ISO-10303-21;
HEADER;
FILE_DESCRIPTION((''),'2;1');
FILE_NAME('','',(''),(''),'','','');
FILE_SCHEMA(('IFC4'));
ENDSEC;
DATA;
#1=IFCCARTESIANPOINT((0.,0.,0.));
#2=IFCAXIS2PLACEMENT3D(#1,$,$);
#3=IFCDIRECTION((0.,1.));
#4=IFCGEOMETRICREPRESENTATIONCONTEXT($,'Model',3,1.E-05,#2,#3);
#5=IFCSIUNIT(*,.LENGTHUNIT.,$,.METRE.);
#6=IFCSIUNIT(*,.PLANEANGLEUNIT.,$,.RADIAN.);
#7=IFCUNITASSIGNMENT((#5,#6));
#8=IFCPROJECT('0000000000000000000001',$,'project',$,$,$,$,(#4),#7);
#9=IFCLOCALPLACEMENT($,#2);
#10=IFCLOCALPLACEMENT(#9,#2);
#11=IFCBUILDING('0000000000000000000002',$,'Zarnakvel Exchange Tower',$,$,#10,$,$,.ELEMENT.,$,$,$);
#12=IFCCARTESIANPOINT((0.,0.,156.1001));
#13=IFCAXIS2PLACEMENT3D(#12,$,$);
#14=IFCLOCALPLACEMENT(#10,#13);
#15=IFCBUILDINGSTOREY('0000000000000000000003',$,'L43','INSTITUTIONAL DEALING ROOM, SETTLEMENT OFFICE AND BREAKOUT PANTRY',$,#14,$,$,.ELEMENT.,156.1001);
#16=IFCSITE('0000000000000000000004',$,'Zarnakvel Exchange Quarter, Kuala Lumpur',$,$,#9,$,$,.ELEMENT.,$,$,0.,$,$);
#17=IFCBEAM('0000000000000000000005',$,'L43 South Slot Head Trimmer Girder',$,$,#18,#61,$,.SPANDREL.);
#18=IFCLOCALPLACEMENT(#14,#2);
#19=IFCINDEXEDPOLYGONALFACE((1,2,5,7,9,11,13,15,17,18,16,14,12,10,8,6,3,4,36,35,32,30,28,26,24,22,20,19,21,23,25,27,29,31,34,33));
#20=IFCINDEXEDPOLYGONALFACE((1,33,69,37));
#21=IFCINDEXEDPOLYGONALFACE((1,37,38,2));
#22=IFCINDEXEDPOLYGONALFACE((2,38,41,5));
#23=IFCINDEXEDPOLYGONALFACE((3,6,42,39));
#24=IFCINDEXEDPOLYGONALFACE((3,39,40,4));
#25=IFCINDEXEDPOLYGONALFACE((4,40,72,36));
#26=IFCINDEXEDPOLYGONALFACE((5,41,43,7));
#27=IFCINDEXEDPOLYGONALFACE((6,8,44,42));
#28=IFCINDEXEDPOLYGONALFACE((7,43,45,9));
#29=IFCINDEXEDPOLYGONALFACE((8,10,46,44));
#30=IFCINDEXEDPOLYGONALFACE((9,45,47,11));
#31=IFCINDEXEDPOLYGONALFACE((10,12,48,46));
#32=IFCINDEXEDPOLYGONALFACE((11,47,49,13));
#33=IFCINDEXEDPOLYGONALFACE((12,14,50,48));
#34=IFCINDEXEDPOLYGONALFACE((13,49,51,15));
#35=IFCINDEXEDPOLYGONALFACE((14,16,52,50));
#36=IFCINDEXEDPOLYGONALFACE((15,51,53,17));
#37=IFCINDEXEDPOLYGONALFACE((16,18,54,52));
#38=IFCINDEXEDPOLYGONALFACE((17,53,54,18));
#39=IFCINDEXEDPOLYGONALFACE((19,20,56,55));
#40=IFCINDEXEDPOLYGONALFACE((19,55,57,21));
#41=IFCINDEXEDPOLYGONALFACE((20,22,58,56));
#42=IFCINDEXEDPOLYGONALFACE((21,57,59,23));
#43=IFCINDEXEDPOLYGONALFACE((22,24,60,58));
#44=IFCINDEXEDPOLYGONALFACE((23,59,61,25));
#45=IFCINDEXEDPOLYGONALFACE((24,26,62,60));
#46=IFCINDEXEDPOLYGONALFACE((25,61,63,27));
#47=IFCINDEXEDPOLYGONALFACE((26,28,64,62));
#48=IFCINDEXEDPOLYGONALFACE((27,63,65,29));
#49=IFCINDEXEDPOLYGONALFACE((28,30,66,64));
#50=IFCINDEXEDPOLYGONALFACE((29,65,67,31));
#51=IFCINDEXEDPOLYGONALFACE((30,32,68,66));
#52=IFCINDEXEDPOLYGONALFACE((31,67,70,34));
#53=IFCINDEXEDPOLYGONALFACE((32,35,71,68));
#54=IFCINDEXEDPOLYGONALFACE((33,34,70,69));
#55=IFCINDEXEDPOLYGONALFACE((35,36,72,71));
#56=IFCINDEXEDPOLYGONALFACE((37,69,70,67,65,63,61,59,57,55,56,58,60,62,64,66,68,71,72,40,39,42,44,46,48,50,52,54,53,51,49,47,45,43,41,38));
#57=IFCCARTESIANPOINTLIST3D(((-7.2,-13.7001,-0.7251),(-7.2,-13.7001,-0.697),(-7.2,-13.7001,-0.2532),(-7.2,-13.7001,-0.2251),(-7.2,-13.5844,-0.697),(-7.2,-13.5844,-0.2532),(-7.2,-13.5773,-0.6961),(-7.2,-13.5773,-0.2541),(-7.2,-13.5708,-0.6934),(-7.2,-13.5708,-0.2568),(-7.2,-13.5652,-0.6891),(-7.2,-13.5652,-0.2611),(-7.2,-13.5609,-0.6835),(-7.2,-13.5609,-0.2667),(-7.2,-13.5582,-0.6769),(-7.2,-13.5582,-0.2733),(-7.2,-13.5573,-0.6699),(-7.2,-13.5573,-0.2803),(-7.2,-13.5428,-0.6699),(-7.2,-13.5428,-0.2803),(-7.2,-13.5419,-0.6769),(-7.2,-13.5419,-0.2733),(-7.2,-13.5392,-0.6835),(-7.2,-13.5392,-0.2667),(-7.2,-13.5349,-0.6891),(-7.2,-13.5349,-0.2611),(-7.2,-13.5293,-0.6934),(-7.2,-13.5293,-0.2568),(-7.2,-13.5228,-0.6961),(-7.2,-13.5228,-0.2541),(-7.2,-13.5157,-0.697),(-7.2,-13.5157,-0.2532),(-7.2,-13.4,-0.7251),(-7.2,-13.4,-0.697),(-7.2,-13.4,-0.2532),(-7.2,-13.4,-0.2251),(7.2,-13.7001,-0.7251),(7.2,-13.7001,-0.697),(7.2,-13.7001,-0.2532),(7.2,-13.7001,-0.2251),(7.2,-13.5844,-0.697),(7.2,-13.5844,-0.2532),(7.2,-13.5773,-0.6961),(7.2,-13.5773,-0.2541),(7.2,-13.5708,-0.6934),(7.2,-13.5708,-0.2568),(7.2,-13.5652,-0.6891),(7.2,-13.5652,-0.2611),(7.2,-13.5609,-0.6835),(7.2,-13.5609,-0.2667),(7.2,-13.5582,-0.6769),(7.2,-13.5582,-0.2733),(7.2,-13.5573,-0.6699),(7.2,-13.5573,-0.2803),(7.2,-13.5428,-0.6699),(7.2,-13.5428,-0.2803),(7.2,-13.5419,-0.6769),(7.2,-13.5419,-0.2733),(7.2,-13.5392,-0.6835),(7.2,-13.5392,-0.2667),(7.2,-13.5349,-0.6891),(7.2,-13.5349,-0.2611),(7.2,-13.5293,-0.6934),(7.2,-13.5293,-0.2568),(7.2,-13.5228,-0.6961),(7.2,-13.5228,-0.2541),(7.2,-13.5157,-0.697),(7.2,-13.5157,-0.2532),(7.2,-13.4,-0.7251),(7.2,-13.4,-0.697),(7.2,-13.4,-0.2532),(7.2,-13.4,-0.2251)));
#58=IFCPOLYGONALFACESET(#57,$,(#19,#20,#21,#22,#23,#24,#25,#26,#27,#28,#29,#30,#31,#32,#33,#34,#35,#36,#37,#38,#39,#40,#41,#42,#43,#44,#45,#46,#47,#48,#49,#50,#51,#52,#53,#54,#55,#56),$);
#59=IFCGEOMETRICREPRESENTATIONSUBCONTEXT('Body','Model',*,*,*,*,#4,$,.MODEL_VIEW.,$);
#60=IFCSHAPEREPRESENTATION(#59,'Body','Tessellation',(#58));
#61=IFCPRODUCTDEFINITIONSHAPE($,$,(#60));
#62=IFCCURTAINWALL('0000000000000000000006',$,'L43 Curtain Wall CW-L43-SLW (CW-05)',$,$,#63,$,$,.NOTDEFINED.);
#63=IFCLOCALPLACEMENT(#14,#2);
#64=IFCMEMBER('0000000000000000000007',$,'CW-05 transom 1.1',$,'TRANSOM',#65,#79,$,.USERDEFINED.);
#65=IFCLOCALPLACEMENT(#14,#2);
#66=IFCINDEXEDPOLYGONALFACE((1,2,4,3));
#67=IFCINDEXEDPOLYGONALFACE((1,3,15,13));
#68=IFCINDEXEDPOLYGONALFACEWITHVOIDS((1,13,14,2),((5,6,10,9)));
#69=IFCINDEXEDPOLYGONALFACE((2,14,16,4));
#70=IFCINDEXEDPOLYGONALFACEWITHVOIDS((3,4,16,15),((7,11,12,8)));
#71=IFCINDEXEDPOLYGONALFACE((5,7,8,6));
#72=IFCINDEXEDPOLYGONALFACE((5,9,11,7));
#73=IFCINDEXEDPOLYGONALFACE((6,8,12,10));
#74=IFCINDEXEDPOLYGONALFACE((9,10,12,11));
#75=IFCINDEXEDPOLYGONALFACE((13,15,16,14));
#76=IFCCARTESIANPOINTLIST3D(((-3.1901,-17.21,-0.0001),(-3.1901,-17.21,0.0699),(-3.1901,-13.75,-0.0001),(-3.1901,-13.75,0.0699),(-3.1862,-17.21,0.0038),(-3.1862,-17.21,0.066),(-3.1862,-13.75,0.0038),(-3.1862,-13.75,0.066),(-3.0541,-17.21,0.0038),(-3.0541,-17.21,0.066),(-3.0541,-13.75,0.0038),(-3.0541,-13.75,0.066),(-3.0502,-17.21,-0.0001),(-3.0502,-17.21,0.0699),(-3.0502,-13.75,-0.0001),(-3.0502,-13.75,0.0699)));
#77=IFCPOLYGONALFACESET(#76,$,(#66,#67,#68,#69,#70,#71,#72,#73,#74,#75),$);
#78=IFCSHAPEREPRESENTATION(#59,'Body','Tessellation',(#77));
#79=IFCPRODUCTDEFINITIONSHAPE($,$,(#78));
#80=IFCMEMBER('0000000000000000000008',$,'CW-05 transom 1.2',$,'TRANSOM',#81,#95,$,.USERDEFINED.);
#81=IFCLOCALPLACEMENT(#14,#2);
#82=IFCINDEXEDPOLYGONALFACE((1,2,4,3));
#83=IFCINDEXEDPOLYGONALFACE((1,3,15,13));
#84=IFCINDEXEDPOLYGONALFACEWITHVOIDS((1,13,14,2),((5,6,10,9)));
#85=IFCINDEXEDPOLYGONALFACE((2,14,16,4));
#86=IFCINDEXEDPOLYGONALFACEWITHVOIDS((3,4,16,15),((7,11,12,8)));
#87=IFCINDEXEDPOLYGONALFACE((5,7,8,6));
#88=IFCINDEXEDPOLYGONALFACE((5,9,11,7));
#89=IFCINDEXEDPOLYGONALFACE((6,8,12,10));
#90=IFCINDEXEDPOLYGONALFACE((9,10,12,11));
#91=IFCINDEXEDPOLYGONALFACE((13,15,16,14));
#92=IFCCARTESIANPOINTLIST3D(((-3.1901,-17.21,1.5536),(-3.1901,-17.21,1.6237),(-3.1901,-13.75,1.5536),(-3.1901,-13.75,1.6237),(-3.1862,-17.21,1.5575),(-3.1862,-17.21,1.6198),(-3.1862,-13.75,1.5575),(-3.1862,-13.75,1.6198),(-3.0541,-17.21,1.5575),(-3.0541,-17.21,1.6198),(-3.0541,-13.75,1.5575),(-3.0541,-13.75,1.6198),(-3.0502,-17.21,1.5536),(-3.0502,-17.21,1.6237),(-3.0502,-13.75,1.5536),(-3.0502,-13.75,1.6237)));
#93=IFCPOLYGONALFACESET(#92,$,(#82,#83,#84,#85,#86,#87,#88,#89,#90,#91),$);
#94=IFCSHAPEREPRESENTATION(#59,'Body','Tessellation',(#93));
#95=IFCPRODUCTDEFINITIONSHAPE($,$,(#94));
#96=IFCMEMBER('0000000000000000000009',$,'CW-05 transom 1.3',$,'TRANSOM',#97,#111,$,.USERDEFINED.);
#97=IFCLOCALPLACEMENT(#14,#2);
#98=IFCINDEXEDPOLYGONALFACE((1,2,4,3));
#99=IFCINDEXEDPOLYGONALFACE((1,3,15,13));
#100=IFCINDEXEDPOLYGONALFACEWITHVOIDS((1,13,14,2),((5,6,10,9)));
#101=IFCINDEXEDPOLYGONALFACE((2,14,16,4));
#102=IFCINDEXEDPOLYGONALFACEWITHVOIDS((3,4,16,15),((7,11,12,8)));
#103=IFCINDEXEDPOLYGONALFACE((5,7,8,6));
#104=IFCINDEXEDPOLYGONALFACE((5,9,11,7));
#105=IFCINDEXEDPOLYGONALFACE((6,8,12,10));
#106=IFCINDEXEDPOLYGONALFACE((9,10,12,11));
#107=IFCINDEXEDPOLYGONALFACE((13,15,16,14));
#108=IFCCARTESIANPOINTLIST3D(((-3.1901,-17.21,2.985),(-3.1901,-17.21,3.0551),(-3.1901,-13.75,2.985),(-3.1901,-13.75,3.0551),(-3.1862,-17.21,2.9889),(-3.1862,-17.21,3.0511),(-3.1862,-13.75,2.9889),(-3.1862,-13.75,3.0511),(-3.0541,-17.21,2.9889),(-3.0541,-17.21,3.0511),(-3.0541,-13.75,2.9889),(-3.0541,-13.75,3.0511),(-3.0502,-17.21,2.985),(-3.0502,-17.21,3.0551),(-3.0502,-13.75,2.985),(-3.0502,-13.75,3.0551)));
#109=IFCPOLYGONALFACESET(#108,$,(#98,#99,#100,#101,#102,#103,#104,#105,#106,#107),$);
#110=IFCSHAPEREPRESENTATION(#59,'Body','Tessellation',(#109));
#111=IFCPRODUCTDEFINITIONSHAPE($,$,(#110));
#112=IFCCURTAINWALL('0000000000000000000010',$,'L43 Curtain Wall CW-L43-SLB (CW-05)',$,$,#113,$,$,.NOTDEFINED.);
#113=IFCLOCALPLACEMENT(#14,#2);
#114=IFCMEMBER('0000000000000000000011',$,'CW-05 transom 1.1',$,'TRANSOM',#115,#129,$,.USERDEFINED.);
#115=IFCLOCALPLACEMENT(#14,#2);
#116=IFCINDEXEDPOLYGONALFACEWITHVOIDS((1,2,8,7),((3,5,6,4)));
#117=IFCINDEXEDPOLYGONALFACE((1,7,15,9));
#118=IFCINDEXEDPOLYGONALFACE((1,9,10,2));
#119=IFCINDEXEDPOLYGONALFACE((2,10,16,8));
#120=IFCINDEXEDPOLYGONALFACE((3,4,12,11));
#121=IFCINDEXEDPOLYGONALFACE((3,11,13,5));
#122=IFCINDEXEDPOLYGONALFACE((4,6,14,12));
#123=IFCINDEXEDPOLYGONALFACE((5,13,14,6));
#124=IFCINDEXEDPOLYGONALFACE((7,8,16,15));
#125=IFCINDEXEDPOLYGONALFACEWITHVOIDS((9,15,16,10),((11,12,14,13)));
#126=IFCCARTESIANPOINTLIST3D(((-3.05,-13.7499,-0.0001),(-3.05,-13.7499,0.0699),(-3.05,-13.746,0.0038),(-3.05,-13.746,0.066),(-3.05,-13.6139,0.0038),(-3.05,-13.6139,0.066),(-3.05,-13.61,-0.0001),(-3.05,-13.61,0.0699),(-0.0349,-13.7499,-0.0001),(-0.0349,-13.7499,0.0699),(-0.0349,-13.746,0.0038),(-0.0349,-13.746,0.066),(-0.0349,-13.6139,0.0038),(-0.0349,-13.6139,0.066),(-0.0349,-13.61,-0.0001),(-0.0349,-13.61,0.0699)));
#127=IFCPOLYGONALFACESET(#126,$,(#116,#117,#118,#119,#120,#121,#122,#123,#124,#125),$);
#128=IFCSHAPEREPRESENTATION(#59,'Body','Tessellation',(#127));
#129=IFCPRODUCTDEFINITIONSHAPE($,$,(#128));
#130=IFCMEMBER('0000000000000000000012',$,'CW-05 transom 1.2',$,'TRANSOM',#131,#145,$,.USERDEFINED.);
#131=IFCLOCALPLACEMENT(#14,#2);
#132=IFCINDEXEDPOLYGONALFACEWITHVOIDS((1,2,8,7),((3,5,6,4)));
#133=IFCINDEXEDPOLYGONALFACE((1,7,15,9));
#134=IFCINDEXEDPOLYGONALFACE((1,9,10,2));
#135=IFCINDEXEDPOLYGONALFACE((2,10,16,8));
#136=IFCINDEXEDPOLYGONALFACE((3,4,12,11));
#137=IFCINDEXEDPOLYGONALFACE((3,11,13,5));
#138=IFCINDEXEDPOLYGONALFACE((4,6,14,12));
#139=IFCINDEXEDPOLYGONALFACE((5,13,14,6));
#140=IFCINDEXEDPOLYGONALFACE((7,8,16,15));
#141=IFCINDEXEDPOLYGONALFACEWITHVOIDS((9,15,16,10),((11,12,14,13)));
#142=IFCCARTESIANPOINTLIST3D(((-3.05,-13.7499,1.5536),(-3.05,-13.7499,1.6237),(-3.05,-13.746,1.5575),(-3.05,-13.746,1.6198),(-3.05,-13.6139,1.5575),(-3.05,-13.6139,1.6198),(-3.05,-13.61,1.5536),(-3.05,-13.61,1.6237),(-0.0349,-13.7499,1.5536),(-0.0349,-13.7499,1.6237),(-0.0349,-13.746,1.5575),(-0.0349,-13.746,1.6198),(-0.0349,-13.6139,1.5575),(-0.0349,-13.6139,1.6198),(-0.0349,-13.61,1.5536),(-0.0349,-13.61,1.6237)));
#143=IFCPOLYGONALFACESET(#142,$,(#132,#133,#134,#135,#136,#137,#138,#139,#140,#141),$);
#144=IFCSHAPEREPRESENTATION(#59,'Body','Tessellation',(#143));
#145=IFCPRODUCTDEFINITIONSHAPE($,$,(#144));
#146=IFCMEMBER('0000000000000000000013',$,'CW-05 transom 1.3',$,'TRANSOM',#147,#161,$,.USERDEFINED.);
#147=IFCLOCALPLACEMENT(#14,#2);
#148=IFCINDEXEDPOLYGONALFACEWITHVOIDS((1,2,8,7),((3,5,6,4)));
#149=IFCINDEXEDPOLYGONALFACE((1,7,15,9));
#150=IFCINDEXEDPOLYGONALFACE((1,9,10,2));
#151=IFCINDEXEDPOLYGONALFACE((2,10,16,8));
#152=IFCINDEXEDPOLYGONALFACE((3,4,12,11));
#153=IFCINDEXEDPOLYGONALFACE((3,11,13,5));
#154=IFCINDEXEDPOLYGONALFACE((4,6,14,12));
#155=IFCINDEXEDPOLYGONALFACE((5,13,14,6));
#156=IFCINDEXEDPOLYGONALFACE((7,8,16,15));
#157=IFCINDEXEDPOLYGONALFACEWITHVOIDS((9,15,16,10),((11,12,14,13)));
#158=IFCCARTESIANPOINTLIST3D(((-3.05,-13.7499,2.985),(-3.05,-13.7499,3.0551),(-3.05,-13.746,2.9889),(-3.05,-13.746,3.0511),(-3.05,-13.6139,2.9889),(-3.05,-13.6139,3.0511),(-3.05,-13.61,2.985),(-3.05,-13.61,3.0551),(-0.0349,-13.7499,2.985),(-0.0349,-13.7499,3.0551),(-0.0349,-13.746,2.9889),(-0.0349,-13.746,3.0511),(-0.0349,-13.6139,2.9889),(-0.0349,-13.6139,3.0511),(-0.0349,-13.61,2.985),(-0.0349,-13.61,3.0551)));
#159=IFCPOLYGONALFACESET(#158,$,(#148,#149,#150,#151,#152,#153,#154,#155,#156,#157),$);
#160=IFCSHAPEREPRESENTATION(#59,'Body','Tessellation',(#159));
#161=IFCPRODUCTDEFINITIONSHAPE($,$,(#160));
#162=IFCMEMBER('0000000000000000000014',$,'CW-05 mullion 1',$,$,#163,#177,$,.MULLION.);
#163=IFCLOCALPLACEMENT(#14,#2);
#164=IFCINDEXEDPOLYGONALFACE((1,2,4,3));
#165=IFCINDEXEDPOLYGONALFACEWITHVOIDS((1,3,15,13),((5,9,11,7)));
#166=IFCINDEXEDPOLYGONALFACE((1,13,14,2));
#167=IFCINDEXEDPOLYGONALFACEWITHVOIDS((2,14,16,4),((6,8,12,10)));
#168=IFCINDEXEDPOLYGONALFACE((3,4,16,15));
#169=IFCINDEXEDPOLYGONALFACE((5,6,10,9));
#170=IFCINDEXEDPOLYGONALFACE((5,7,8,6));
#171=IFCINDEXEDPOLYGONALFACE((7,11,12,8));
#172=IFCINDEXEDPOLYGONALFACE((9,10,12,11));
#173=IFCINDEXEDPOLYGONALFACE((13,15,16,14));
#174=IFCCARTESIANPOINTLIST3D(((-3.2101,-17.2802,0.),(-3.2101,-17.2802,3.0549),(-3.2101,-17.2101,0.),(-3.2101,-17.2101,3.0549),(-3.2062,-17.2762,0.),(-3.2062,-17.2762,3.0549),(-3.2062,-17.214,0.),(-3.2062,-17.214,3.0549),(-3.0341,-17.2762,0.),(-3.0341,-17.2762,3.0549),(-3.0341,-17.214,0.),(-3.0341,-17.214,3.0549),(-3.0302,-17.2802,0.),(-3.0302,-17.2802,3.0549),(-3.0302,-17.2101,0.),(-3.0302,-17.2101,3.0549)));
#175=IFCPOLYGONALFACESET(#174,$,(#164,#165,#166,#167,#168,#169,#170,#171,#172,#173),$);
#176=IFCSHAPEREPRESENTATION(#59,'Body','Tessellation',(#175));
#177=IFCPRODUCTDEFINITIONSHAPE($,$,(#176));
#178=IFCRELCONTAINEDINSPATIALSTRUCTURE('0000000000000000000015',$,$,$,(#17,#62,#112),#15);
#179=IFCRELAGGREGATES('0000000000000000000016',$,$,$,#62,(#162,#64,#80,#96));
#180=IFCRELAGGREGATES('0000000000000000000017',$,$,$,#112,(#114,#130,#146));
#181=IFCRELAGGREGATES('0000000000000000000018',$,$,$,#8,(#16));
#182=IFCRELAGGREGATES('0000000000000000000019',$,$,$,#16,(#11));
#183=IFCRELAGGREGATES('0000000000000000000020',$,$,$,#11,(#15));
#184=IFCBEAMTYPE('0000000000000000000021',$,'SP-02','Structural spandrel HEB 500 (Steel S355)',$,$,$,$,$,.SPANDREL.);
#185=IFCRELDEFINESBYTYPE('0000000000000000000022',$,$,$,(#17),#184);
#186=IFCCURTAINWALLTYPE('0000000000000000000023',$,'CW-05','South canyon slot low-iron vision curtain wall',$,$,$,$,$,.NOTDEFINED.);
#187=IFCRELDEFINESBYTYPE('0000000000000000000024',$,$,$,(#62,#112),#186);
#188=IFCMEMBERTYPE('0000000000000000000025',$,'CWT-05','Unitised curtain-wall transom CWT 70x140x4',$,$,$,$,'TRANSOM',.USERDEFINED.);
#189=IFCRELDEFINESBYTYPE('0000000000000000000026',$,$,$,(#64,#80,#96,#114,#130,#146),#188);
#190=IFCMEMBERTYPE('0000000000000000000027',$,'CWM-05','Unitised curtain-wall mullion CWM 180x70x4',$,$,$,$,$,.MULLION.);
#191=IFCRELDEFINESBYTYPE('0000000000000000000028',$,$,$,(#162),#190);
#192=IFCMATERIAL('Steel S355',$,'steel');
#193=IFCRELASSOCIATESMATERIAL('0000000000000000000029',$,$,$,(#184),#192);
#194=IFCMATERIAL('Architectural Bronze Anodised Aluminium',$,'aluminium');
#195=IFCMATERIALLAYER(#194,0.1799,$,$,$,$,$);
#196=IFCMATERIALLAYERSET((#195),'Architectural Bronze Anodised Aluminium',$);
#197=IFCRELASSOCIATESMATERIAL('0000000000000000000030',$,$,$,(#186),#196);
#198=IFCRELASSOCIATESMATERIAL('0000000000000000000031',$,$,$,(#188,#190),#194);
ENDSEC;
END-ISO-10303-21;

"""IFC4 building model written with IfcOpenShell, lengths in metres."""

from ifc_helpers import new_model, si_unit, direction, frame, origin, origin_2d, place, context, subcontext, project, spatial, hollow_rectangle, i_section, extrude, source, transform, mapped, material, layer, layer_set, material_profile, profile_set, type_object, element, aggregate, save


model = new_model("IFC4")

# Units and contexts
model_context = context("Model", 3, precision=1e-05, world=origin(), true_north=direction((0.0, 1.0)))
body_context = subcontext(model_context, "Body", "Model", "MODEL_VIEW")
ifc_project = project(units=[si_unit("LENGTHUNIT", "METRE"), si_unit("PLANEANGLEUNIT", "RADIAN")], contexts=[model_context])

# Site, building, storey
site_placement = place(None, origin())
site = spatial("IfcSite", under=ifc_project, at=site_placement, Name="Zarnakvel Exchange Quarter, Kuala Lumpur", CompositionType="ELEMENT", RefElevation=0.0)
building_placement = place(site_placement, origin())
building = spatial("IfcBuilding", under=site, at=building_placement, Name="Zarnakvel Exchange Tower", CompositionType="ELEMENT")
storey_placement = place(building_placement, frame((0.0, 0.0, 156.1001)))
storey = spatial("IfcBuildingStorey", under=building, at=storey_placement, Name="L43", Description="INSTITUTIONAL DEALING ROOM, SETTLEMENT OFFICE AND BREAKOUT PANTRY", CompositionType="ELEMENT", Elevation=156.1001)

# Beam
ifc_material_1 = material(Name="Steel S355", Category="steel")
ifc_material_profile_1 = material_profile(ifc_material_1, i_section(OverallWidth=0.3, OverallDepth=0.5, WebThickness=0.0144, FlangeThickness=0.0281, FilletRadius=0.0271, at=origin_2d()))
ifc_profile_set_1 = profile_set([ifc_material_profile_1], Name="Steel S355")
beam_type_1 = type_object("IfcBeamType", Name="SP-02", Description="Structural spandrel HEB 500 (Steel S355)", PredefinedType="SPANDREL", material=ifc_profile_set_1)
beam_1_placement = place(storey_placement, frame((-7.2, -13.55, -0.4751), z_axis=(1.0, 0.0, 0.0), x_axis=(0.0, 1.0, 0.0)))
element("IfcBeam", 1, at=beam_1_placement, inside=storey, type_object=beam_type_1, Name="L43 South Slot Head Trimmer Girder", PredefinedType="SPANDREL", context=body_context, shape_type="SweptSolid", body=[
    extrude(i_section(OverallWidth=0.3, OverallDepth=0.5, WebThickness=0.0144, FlangeThickness=0.0281, FilletRadius=0.0271, at=origin_2d()), origin(), (0.0, 0.0, 1.0), 14.3999),
])

# Curtain walls, members
ifc_material_2 = material(Name="Architectural Bronze Anodised Aluminium", Category="aluminium")
ifc_layer_1 = layer(ifc_material_2, 0.1799)
ifc_layer_set_1 = layer_set([ifc_layer_1], Name="Architectural Bronze Anodised Aluminium")
curtain_wall_type = type_object("IfcCurtainWallType", Name="CW-05", Description="South canyon slot low-iron vision curtain wall", PredefinedType="NOTDEFINED", material=ifc_layer_set_1)
curtain_wall_1_placement = place(storey_placement, origin())
curtain_wall_1 = element("IfcCurtainWall", 2, at=curtain_wall_1_placement, inside=storey, type_object=curtain_wall_type, Name="L43 Curtain Wall CW-L43-SLW (CW-05)", PredefinedType="NOTDEFINED")
ifc_material_profile_2 = material_profile(ifc_material_2, hollow_rectangle(XDim=0.1399, YDim=0.0701, WallThickness=0.0039, at=origin_2d()))
ifc_profile_set_2 = profile_set([ifc_material_profile_2], Name="Architectural Bronze Anodised Aluminium")
member_type_1 = type_object("IfcMemberType", Name="CWT-05", Description="Unitised curtain-wall transom CWT 70x140x4", ElementType="TRANSOM", PredefinedType="USERDEFINED", material=ifc_profile_set_2)
shared_shape_1 = source(origin(), body_context, "Body", "SweptSolid", [
    extrude(hollow_rectangle(XDim=0.1399, YDim=0.0701, WallThickness=0.0039, at=origin_2d()), origin(), (0.0, 0.0, 1.0), 3.46),
])
member_1_placement = place(storey_placement, frame((-3.1201, -17.21, 0.0349), z_axis=(0.0, 1.0, 0.0), x_axis=(-1.0, 0.0, 0.0)))
member_1 = element("IfcMember", 3, at=member_1_placement, type_object=member_type_1, Name="CW-05 transom 1.1", ObjectType="TRANSOM", PredefinedType="USERDEFINED", context=body_context, shape_type="MappedRepresentation", body=[
    mapped(shared_shape_1, transform((0.0, 0.0, 0.0), x_axis=(1.0, 0.0, 0.0), y_axis=(0.0, 1.0, 0.0), z_axis=(0.0, 0.0, 1.0), scale=1.0)),
])
member_2_placement = place(storey_placement, frame((-3.1201, -17.21, 1.5886), z_axis=(0.0, 1.0, 0.0), x_axis=(-1.0, 0.0, 0.0)))
member_2 = element("IfcMember", 4, at=member_2_placement, type_object=member_type_1, Name="CW-05 transom 1.2", ObjectType="TRANSOM", PredefinedType="USERDEFINED", context=body_context, shape_type="MappedRepresentation", body=[
    mapped(shared_shape_1, transform((0.0, 0.0, 0.0), x_axis=(1.0, 0.0, 0.0), y_axis=(0.0, 1.0, 0.0), z_axis=(0.0, 0.0, 1.0), scale=1.0)),
])
member_3_placement = place(storey_placement, frame((-3.1201, -17.21, 3.02), z_axis=(0.0, 1.0, 0.0), x_axis=(-1.0, 0.0, 0.0)))
member_3 = element("IfcMember", 5, at=member_3_placement, type_object=member_type_1, Name="CW-05 transom 1.3", ObjectType="TRANSOM", PredefinedType="USERDEFINED", context=body_context, shape_type="MappedRepresentation", body=[
    mapped(shared_shape_1, transform((0.0, 0.0, 0.0), x_axis=(1.0, 0.0, 0.0), y_axis=(0.0, 1.0, 0.0), z_axis=(0.0, 0.0, 1.0), scale=1.0)),
])
curtain_wall_2_placement = place(storey_placement, origin())
curtain_wall_2 = element("IfcCurtainWall", 6, at=curtain_wall_2_placement, inside=storey, type_object=curtain_wall_type, Name="L43 Curtain Wall CW-L43-SLB (CW-05)", PredefinedType="NOTDEFINED")
shared_shape_2 = source(origin(), body_context, "Body", "SweptSolid", [
    extrude(hollow_rectangle(XDim=0.1399, YDim=0.0701, WallThickness=0.0039, at=origin_2d()), origin(), (0.0, 0.0, 1.0), 3.0151),
])
member_4_placement = place(storey_placement, frame((-3.05, -13.6799, 0.0349), z_axis=(1.0, 0.0, 0.0), x_axis=(0.0, 1.0, 0.0)))
member_4 = element("IfcMember", 7, at=member_4_placement, type_object=member_type_1, Name="CW-05 transom 1.1", ObjectType="TRANSOM", PredefinedType="USERDEFINED", context=body_context, shape_type="MappedRepresentation", body=[
    mapped(shared_shape_2, transform((0.0, 0.0, 0.0), x_axis=(1.0, 0.0, 0.0), y_axis=(0.0, 1.0, 0.0), z_axis=(0.0, 0.0, 1.0), scale=1.0)),
])
member_5_placement = place(storey_placement, frame((-3.05, -13.6799, 1.5886), z_axis=(1.0, 0.0, 0.0), x_axis=(0.0, 1.0, 0.0)))
member_5 = element("IfcMember", 8, at=member_5_placement, type_object=member_type_1, Name="CW-05 transom 1.2", ObjectType="TRANSOM", PredefinedType="USERDEFINED", context=body_context, shape_type="MappedRepresentation", body=[
    mapped(shared_shape_2, transform((0.0, 0.0, 0.0), x_axis=(1.0, 0.0, 0.0), y_axis=(0.0, 1.0, 0.0), z_axis=(0.0, 0.0, 1.0), scale=1.0)),
])
member_6_placement = place(storey_placement, frame((-3.05, -13.6799, 3.02), z_axis=(1.0, 0.0, 0.0), x_axis=(0.0, 1.0, 0.0)))
member_6 = element("IfcMember", 9, at=member_6_placement, type_object=member_type_1, Name="CW-05 transom 1.3", ObjectType="TRANSOM", PredefinedType="USERDEFINED", context=body_context, shape_type="MappedRepresentation", body=[
    mapped(shared_shape_2, transform((0.0, 0.0, 0.0), x_axis=(1.0, 0.0, 0.0), y_axis=(0.0, 1.0, 0.0), z_axis=(0.0, 0.0, 1.0), scale=1.0)),
])

# Member
ifc_material_profile_3 = material_profile(ifc_material_2, hollow_rectangle(XDim=0.1799, YDim=0.0701, WallThickness=0.0039, at=origin_2d()))
ifc_profile_set_3 = profile_set([ifc_material_profile_3], Name="Architectural Bronze Anodised Aluminium")
member_type_2 = type_object("IfcMemberType", Name="CWM-05", Description="Unitised curtain-wall mullion CWM 180x70x4", PredefinedType="MULLION", material=ifc_profile_set_3)
shared_shape_3 = source(origin(), body_context, "Body", "SweptSolid", [
    extrude(hollow_rectangle(XDim=0.1799, YDim=0.0701, WallThickness=0.0039, at=origin_2d()), origin(), (0.0, 0.0, 1.0), 3.0549),
])
member_7_placement = place(storey_placement, frame((-3.1201, -17.2451, 0.0), z_axis=(0.0, 0.0, 1.0), x_axis=(-1.0, 0.0, 0.0)))
member_7 = element("IfcMember", 10, at=member_7_placement, type_object=member_type_2, Name="CW-05 mullion 1", PredefinedType="MULLION", context=body_context, shape_type="MappedRepresentation", body=[
    mapped(shared_shape_3, transform((0.0, 0.0, 0.0), x_axis=(1.0, 0.0, 0.0), y_axis=(0.0, 1.0, 0.0), z_axis=(0.0, 0.0, 1.0), scale=1.0)),
])

aggregate(curtain_wall_1, [member_7, member_1, member_2, member_3])
aggregate(curtain_wall_2, [member_4, member_5, member_6])

save(model, "model.ifc")
